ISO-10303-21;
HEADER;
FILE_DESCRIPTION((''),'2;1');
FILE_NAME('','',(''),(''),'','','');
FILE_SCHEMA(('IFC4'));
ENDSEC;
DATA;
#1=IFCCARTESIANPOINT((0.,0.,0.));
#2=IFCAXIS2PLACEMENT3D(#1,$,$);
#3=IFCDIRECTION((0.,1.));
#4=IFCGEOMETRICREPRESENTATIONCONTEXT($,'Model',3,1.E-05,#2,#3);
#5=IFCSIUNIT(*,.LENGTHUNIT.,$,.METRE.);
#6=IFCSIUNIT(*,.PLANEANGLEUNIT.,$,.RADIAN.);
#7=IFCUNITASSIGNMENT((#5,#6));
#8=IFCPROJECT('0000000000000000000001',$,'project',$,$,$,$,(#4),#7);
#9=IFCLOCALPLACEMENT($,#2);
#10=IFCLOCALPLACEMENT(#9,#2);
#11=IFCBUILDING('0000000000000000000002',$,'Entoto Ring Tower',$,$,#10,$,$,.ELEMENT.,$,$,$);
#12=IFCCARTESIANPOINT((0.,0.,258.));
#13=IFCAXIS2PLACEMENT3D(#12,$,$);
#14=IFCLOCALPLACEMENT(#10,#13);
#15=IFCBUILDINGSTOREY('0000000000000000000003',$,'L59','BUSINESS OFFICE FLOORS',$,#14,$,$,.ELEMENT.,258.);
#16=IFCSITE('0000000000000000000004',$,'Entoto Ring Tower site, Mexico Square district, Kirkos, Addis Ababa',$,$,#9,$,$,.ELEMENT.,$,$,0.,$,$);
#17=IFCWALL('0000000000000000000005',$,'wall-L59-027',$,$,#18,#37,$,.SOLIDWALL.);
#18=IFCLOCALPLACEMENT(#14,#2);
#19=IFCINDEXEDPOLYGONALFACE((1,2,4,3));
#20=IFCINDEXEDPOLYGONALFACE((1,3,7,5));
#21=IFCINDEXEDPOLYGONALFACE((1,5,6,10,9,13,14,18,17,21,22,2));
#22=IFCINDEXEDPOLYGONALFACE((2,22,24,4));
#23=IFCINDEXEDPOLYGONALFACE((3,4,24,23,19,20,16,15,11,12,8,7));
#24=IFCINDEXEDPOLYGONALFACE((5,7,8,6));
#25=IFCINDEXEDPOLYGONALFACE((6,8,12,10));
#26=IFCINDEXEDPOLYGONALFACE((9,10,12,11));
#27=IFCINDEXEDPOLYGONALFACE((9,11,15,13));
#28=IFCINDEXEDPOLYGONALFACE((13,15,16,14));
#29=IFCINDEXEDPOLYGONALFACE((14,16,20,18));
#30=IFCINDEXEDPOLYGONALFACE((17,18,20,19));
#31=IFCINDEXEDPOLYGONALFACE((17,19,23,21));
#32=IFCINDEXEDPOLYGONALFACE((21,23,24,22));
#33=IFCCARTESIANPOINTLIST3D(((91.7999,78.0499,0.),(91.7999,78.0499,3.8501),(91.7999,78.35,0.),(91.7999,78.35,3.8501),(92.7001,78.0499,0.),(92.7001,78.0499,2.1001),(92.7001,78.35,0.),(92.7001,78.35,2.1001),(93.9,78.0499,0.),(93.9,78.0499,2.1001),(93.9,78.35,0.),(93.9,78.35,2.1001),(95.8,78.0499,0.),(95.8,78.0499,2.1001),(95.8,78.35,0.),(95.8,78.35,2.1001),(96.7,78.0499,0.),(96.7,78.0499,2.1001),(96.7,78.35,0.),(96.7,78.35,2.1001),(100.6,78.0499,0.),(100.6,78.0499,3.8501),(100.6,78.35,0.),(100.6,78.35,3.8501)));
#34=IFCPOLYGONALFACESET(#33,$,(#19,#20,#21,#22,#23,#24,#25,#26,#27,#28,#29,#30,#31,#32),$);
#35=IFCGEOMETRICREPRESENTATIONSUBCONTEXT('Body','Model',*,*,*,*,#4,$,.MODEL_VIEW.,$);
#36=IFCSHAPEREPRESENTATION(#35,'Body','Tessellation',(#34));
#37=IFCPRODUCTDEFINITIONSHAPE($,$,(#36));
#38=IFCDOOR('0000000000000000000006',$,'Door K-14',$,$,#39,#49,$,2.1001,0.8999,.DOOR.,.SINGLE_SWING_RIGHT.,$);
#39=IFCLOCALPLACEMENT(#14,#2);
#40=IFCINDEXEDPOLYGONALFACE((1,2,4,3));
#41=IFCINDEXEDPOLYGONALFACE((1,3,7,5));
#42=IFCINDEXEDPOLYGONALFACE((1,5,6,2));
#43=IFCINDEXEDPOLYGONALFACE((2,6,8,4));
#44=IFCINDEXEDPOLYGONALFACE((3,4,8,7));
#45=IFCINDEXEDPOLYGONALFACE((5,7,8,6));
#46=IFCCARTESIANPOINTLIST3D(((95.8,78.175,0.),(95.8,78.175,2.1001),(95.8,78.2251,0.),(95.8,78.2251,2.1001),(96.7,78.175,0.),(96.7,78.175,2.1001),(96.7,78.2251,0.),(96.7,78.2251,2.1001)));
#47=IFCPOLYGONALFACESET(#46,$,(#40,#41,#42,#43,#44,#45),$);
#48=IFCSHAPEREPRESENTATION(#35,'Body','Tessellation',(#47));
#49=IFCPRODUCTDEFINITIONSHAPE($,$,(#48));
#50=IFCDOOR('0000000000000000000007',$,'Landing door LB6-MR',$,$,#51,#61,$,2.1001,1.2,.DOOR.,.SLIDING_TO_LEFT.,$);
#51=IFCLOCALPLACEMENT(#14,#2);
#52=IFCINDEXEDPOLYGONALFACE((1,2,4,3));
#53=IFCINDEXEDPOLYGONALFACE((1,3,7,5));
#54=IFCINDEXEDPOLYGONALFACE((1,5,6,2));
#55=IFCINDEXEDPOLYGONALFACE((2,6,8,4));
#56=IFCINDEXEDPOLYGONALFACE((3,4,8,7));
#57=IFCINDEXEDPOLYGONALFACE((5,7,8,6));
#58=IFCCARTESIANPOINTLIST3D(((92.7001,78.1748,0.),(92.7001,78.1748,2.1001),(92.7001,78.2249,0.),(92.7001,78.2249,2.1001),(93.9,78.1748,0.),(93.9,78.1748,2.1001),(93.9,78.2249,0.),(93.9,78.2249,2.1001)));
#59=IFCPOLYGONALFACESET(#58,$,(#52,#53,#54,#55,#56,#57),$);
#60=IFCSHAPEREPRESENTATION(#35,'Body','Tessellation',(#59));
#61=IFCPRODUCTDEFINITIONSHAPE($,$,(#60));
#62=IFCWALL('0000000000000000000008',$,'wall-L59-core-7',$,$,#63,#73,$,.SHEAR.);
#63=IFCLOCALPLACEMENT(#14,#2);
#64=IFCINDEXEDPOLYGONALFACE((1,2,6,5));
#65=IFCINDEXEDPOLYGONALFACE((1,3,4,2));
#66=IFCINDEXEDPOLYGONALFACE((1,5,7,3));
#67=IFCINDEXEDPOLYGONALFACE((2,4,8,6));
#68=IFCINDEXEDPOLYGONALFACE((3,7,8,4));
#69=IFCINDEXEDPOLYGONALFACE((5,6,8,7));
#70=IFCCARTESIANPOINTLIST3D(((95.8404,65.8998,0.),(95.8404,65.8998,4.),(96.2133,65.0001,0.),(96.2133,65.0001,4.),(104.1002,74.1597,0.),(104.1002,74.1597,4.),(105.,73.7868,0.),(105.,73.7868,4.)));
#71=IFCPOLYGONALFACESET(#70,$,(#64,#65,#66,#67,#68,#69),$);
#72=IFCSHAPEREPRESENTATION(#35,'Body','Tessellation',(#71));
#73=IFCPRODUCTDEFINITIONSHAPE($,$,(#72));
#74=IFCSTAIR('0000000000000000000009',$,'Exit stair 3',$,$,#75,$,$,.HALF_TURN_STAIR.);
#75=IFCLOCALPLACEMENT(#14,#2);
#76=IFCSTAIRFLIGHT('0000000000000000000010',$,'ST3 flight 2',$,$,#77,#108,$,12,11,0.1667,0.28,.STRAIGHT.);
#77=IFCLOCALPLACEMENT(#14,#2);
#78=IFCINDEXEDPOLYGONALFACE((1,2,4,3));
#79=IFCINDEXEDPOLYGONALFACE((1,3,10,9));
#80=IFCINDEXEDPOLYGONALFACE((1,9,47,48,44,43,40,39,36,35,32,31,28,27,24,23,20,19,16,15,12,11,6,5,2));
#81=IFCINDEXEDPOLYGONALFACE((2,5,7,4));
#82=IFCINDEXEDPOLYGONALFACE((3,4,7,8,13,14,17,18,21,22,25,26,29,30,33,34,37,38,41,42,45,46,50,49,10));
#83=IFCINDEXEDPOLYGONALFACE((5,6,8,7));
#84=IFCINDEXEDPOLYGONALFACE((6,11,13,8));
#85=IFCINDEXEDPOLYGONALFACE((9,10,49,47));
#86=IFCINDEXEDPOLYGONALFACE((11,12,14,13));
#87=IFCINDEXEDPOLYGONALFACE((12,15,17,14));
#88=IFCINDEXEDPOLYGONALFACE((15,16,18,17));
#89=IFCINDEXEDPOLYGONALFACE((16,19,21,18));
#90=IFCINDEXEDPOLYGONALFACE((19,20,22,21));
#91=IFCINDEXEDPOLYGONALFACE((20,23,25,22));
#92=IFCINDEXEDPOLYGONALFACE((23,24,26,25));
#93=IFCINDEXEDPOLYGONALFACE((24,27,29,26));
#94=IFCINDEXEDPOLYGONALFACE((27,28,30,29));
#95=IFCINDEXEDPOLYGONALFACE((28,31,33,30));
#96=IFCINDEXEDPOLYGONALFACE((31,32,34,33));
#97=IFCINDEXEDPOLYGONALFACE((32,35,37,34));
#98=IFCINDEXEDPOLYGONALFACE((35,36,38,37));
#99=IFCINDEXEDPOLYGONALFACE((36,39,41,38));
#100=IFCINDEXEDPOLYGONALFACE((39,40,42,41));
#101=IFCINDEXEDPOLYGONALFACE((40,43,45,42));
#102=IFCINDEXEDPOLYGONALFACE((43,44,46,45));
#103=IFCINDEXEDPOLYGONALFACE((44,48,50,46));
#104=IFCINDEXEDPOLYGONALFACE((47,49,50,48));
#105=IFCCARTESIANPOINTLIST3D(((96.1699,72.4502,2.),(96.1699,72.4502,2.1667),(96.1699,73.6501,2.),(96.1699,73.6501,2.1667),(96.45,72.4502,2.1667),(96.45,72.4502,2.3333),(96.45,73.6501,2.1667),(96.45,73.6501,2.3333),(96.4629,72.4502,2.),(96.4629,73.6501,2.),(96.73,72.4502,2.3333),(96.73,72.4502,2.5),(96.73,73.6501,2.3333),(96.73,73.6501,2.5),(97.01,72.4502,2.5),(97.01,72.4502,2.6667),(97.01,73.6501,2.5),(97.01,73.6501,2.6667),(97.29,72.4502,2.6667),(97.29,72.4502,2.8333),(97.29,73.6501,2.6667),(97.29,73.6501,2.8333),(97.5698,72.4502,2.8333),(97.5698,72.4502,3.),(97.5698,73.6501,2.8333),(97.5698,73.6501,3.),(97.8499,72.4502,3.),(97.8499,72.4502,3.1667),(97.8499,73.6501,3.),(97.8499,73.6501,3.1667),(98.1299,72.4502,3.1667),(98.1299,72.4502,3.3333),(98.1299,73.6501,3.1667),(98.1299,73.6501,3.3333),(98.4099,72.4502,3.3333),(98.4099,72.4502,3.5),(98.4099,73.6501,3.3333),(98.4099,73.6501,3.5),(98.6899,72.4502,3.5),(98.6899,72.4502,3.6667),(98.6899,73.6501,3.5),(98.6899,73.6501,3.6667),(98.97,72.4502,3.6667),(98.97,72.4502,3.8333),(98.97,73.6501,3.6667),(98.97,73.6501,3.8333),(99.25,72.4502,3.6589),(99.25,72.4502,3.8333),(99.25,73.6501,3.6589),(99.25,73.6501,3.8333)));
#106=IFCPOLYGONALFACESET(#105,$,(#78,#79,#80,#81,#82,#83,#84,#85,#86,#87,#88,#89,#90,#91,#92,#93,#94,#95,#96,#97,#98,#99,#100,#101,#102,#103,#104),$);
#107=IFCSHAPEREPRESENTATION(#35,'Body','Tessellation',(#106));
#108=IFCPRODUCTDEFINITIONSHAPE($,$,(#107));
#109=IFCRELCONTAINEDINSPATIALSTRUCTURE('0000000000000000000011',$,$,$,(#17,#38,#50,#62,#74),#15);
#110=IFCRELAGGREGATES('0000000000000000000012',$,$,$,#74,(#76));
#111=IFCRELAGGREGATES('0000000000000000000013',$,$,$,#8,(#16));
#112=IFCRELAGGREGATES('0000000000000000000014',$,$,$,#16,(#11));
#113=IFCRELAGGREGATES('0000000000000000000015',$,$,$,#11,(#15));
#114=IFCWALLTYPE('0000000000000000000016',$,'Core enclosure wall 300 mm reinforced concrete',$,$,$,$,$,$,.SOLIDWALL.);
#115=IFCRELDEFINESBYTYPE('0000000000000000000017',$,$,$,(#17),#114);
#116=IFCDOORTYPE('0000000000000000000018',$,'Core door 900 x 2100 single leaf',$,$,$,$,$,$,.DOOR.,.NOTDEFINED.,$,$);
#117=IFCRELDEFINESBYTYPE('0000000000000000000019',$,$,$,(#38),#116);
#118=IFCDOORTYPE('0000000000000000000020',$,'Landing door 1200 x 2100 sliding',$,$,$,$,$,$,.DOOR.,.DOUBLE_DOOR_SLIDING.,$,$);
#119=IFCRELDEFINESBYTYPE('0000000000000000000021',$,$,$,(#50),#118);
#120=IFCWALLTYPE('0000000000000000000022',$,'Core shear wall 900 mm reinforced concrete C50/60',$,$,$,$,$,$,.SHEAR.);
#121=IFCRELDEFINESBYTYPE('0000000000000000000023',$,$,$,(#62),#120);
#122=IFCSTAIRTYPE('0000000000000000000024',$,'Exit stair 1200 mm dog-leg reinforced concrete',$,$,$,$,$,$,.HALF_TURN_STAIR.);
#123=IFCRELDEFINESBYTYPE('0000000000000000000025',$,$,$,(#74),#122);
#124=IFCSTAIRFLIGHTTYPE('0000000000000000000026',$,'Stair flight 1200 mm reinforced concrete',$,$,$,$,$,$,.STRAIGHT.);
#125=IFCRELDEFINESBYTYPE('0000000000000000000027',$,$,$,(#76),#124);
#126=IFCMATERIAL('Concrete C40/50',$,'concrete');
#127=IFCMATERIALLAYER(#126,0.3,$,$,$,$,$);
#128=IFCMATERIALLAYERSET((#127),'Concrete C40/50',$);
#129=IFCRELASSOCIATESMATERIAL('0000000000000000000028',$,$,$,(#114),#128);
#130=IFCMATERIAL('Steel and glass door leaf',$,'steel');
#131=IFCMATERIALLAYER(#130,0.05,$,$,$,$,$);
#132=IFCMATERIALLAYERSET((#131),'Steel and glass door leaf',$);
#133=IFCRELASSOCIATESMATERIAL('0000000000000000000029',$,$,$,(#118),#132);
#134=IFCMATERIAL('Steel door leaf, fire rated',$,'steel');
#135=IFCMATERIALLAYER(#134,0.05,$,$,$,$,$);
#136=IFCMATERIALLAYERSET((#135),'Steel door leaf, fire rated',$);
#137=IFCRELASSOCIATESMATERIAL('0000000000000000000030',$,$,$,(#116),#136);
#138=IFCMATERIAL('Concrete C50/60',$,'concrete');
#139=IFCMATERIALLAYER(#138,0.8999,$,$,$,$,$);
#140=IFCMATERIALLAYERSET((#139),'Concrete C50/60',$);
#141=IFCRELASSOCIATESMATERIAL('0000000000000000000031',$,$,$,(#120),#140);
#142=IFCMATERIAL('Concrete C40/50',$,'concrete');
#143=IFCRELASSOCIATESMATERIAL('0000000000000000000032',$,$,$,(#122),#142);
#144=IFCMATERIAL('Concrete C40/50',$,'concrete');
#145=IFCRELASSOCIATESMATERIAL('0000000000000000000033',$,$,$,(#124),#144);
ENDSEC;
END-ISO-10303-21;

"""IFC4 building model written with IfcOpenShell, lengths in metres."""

from ifc_helpers import new_model, si_unit, direction, frame, frame_2d, origin, place, context, subcontext, project, spatial, polyline, rectangle, outline, extrude, material, layer, layer_set, type_object, element, fill, aggregate, save


model = new_model("IFC4")

# Units and contexts
model_context = context("Model", 3, precision=1e-05, world=origin(), true_north=direction((0.0, 1.0)))
body_context = subcontext(model_context, "Body", "Model", "MODEL_VIEW")
ifc_project = project(units=[si_unit("LENGTHUNIT", "METRE"), si_unit("PLANEANGLEUNIT", "RADIAN")], contexts=[model_context])

# Site, building, storey
site_placement = place(None, origin())
site = spatial("IfcSite", under=ifc_project, at=site_placement, Name="Entoto Ring Tower site, Mexico Square district, Kirkos, Addis Ababa", CompositionType="ELEMENT", RefElevation=0.0)
building_placement = place(site_placement, origin())
building = spatial("IfcBuilding", under=site, at=building_placement, Name="Entoto Ring Tower", CompositionType="ELEMENT")
storey_placement = place(building_placement, frame((0.0, 0.0, 258.0)))
storey = spatial("IfcBuildingStorey", under=building, at=storey_placement, Name="L59", Description="BUSINESS OFFICE FLOORS", CompositionType="ELEMENT", Elevation=258.0)

# Shared definitions
ifc_material_1 = material(Name="Concrete C40/50", Category="concrete")
ifc_layer_1 = layer(ifc_material_1, 0.3)
ifc_layer_set_1 = layer_set([ifc_layer_1], Name="Concrete C40/50")
wall_type_1 = type_object("IfcWallType", Name="Core enclosure wall 300 mm reinforced concrete", PredefinedType="SOLIDWALL", material=ifc_layer_set_1)

# Shared definitions
ifc_material_2 = material(Name="Steel and glass door leaf", Category="steel")
ifc_layer_2 = layer(ifc_material_2, 0.05)
ifc_layer_set_2 = layer_set([ifc_layer_2], Name="Steel and glass door leaf")
door_type_1 = type_object("IfcDoorType", Name="Landing door 1200 x 2100 sliding", OperationType="DOUBLE_DOOR_SLIDING", PredefinedType="DOOR", material=ifc_layer_set_2)

# Wall, openings, doors
wall_1_placement = place(storey_placement, frame((91.8, 78.2, 0.0), z_axis=(0.0, 0.0, 1.0), x_axis=(1.0, 0.0, 0.0)))
wall_1 = element("IfcWall", 1, at=wall_1_placement, inside=storey, type_object=wall_type_1, Name="wall-L59-027", PredefinedType="SOLIDWALL", context=body_context, shape_type="SweptSolid", body=[
    extrude(rectangle(XDim=8.8, YDim=0.3, at=frame_2d((4.3999, 0.0))), origin(), (0.0, 0.0, 1.0), 3.8501),
])
opening_1_placement = place(wall_1_placement, frame((0.8999, 0.0, 0.0)))
opening_1 = element("IfcOpeningElement", 2, at=opening_1_placement, cuts=wall_1, PredefinedType="OPENING", context=body_context, shape_type="SweptSolid", body=[
    extrude(rectangle(XDim=1.2, YDim=2.1001, at=frame_2d((0.6001, 1.05))), frame((0.0, 0.1602, 0.0), z_axis=(0.0, -1.0, 0.0), x_axis=(1.0, 0.0, 0.0)), (0.0, 0.0, 1.0), 0.3201),
])
opening_2_placement = place(wall_1_placement, frame((4.0, 0.0, 0.0)))
opening_2 = element("IfcOpeningElement", 3, at=opening_2_placement, cuts=wall_1, PredefinedType="OPENING", context=body_context, shape_type="SweptSolid", body=[
    extrude(rectangle(XDim=0.8999, YDim=2.1001, at=frame_2d((0.45, 1.05))), frame((0.0, 0.1602, 0.0), z_axis=(0.0, -1.0, 0.0), x_axis=(1.0, 0.0, 0.0)), (0.0, 0.0, 1.0), 0.3201),
])
ifc_material_3 = material(Name="Steel door leaf, fire rated", Category="steel")
ifc_layer_3 = layer(ifc_material_3, 0.05)
ifc_layer_set_3 = layer_set([ifc_layer_3], Name="Steel door leaf, fire rated")
door_type_2 = type_object("IfcDoorType", Name="Core door 900 x 2100 single leaf", OperationType="NOTDEFINED", PredefinedType="DOOR", material=ifc_layer_set_3)
door_1_placement = place(opening_2_placement, frame((0.8999, 0.0, 0.0), z_axis=(0.0, 0.0, 1.0), x_axis=(-1.0, 0.0, 0.0)))
door_1 = element("IfcDoor", 4, at=door_1_placement, inside=storey, type_object=door_type_2, Name="Door K-14", OperationType="SINGLE_SWING_RIGHT", OverallHeight=2.1001, OverallWidth=0.8999, PredefinedType="DOOR", context=body_context, shape_type="SweptSolid", body=[
    extrude(rectangle(XDim=0.8999, YDim=2.1001, at=frame_2d((0.45, 1.05))), frame((0.0, 0.0249, 0.0), z_axis=(0.0, -1.0, 0.0), x_axis=(1.0, 0.0, 0.0)), (0.0, 0.0, 1.0), 0.05),
])
fill(opening_2, door_1)
door_2_placement = place(opening_1_placement, origin())
door_2 = element("IfcDoor", 5, at=door_2_placement, inside=storey, type_object=door_type_1, Name="Landing door LB6-MR", OperationType="SLIDING_TO_LEFT", OverallHeight=2.1001, OverallWidth=1.2, PredefinedType="DOOR", context=body_context, shape_type="SweptSolid", body=[
    extrude(rectangle(XDim=1.2, YDim=2.1001, at=frame_2d((0.6001, 1.05))), frame((0.0, 0.0249, 0.0), z_axis=(0.0, -1.0, 0.0), x_axis=(1.0, 0.0, 0.0)), (0.0, 0.0, 1.0), 0.05),
])
fill(opening_1, door_2)

# Wall
ifc_material_4 = material(Name="Concrete C50/60", Category="concrete")
ifc_layer_4 = layer(ifc_material_4, 0.8999)
ifc_layer_set_4 = layer_set([ifc_layer_4], Name="Concrete C50/60")
wall_type_2 = type_object("IfcWallType", Name="Core shear wall 900 mm reinforced concrete C50/60", PredefinedType="SHEAR", material=ifc_layer_set_4)
wall_2_placement = place(storey_placement, frame((96.0269, 65.45, 0.0), z_axis=(0.0, 0.0, 1.0), x_axis=(0.707107, 0.707107, 0.0)))
element("IfcWall", 6, at=wall_2_placement, inside=storey, type_object=wall_type_2, Name="wall-L59-core-7", PredefinedType="SHEAR", context=body_context, shape_type="SweptSolid", body=[
    extrude(outline(polyline([(-0.1863, -0.45), (12.24, -0.45), (11.8674, 0.45), (0.1863, 0.45), (-0.1863, -0.45)])), origin(), (0.0, 0.0, 1.0), 4.0),
])

# Stair, stair flight
ifc_material_5 = material(Name="Concrete C40/50", Category="concrete")
stair_type = type_object("IfcStairType", Name="Exit stair 1200 mm dog-leg reinforced concrete", PredefinedType="HALF_TURN_STAIR", material=ifc_material_5)
stair_placement = place(storey_placement, origin())
stair = element("IfcStair", 7, at=stair_placement, inside=storey, type_object=stair_type, Name="Exit stair 3", PredefinedType="HALF_TURN_STAIR")
ifc_material_6 = material(Name="Concrete C40/50", Category="concrete")
stair_flight_type = type_object("IfcStairFlightType", Name="Stair flight 1200 mm reinforced concrete", PredefinedType="STRAIGHT", material=ifc_material_6)
stair_flight_placement = place(storey_placement, frame((96.1699, 73.05, 2.0), z_axis=(0.0, 0.0, 1.0), x_axis=(1.0, 0.0, 0.0)))
stair_flight = element("IfcStairFlight", 8, at=stair_flight_placement, type_object=stair_flight_type, Name="ST3 flight 2", NumberOfRisers=12, NumberOfTreads=11, PredefinedType="STRAIGHT", RiserHeight=0.1667, TreadLength=0.28, context=body_context, shape_type="SweptSolid", body=[
    extrude(outline(polyline([(0.0, 0.0), (0.0, 0.1667), (0.28, 0.1667), (0.28, 0.3333), (0.5601, 0.3333), (0.5601, 0.5), (0.8401, 0.5), (0.8401, 0.6667), (1.1201, 0.6667), (1.1201, 0.8333), (1.3999, 0.8333), (1.3999, 1.0), (1.6799, 1.0), (1.6799, 1.1667), (1.96, 1.1667), (1.96, 1.3333), (2.24, 1.3333), (2.24, 1.5), (2.52, 1.5), (2.52, 1.6667), (2.8, 1.6667), (2.8, 1.8333), (3.0801, 1.8333), (3.0801, 2.0), (3.0801, 1.6589), (0.293, 0.0), (0.0, 0.0)])), frame((0.0, 0.6001, 0.0), z_axis=(0.0, -1.0, 0.0), x_axis=(1.0, 0.0, 0.0)), (0.0, 0.0, 1.0), 1.2),
])
aggregate(stair, [stair_flight])

save(model, "model.ifc")
